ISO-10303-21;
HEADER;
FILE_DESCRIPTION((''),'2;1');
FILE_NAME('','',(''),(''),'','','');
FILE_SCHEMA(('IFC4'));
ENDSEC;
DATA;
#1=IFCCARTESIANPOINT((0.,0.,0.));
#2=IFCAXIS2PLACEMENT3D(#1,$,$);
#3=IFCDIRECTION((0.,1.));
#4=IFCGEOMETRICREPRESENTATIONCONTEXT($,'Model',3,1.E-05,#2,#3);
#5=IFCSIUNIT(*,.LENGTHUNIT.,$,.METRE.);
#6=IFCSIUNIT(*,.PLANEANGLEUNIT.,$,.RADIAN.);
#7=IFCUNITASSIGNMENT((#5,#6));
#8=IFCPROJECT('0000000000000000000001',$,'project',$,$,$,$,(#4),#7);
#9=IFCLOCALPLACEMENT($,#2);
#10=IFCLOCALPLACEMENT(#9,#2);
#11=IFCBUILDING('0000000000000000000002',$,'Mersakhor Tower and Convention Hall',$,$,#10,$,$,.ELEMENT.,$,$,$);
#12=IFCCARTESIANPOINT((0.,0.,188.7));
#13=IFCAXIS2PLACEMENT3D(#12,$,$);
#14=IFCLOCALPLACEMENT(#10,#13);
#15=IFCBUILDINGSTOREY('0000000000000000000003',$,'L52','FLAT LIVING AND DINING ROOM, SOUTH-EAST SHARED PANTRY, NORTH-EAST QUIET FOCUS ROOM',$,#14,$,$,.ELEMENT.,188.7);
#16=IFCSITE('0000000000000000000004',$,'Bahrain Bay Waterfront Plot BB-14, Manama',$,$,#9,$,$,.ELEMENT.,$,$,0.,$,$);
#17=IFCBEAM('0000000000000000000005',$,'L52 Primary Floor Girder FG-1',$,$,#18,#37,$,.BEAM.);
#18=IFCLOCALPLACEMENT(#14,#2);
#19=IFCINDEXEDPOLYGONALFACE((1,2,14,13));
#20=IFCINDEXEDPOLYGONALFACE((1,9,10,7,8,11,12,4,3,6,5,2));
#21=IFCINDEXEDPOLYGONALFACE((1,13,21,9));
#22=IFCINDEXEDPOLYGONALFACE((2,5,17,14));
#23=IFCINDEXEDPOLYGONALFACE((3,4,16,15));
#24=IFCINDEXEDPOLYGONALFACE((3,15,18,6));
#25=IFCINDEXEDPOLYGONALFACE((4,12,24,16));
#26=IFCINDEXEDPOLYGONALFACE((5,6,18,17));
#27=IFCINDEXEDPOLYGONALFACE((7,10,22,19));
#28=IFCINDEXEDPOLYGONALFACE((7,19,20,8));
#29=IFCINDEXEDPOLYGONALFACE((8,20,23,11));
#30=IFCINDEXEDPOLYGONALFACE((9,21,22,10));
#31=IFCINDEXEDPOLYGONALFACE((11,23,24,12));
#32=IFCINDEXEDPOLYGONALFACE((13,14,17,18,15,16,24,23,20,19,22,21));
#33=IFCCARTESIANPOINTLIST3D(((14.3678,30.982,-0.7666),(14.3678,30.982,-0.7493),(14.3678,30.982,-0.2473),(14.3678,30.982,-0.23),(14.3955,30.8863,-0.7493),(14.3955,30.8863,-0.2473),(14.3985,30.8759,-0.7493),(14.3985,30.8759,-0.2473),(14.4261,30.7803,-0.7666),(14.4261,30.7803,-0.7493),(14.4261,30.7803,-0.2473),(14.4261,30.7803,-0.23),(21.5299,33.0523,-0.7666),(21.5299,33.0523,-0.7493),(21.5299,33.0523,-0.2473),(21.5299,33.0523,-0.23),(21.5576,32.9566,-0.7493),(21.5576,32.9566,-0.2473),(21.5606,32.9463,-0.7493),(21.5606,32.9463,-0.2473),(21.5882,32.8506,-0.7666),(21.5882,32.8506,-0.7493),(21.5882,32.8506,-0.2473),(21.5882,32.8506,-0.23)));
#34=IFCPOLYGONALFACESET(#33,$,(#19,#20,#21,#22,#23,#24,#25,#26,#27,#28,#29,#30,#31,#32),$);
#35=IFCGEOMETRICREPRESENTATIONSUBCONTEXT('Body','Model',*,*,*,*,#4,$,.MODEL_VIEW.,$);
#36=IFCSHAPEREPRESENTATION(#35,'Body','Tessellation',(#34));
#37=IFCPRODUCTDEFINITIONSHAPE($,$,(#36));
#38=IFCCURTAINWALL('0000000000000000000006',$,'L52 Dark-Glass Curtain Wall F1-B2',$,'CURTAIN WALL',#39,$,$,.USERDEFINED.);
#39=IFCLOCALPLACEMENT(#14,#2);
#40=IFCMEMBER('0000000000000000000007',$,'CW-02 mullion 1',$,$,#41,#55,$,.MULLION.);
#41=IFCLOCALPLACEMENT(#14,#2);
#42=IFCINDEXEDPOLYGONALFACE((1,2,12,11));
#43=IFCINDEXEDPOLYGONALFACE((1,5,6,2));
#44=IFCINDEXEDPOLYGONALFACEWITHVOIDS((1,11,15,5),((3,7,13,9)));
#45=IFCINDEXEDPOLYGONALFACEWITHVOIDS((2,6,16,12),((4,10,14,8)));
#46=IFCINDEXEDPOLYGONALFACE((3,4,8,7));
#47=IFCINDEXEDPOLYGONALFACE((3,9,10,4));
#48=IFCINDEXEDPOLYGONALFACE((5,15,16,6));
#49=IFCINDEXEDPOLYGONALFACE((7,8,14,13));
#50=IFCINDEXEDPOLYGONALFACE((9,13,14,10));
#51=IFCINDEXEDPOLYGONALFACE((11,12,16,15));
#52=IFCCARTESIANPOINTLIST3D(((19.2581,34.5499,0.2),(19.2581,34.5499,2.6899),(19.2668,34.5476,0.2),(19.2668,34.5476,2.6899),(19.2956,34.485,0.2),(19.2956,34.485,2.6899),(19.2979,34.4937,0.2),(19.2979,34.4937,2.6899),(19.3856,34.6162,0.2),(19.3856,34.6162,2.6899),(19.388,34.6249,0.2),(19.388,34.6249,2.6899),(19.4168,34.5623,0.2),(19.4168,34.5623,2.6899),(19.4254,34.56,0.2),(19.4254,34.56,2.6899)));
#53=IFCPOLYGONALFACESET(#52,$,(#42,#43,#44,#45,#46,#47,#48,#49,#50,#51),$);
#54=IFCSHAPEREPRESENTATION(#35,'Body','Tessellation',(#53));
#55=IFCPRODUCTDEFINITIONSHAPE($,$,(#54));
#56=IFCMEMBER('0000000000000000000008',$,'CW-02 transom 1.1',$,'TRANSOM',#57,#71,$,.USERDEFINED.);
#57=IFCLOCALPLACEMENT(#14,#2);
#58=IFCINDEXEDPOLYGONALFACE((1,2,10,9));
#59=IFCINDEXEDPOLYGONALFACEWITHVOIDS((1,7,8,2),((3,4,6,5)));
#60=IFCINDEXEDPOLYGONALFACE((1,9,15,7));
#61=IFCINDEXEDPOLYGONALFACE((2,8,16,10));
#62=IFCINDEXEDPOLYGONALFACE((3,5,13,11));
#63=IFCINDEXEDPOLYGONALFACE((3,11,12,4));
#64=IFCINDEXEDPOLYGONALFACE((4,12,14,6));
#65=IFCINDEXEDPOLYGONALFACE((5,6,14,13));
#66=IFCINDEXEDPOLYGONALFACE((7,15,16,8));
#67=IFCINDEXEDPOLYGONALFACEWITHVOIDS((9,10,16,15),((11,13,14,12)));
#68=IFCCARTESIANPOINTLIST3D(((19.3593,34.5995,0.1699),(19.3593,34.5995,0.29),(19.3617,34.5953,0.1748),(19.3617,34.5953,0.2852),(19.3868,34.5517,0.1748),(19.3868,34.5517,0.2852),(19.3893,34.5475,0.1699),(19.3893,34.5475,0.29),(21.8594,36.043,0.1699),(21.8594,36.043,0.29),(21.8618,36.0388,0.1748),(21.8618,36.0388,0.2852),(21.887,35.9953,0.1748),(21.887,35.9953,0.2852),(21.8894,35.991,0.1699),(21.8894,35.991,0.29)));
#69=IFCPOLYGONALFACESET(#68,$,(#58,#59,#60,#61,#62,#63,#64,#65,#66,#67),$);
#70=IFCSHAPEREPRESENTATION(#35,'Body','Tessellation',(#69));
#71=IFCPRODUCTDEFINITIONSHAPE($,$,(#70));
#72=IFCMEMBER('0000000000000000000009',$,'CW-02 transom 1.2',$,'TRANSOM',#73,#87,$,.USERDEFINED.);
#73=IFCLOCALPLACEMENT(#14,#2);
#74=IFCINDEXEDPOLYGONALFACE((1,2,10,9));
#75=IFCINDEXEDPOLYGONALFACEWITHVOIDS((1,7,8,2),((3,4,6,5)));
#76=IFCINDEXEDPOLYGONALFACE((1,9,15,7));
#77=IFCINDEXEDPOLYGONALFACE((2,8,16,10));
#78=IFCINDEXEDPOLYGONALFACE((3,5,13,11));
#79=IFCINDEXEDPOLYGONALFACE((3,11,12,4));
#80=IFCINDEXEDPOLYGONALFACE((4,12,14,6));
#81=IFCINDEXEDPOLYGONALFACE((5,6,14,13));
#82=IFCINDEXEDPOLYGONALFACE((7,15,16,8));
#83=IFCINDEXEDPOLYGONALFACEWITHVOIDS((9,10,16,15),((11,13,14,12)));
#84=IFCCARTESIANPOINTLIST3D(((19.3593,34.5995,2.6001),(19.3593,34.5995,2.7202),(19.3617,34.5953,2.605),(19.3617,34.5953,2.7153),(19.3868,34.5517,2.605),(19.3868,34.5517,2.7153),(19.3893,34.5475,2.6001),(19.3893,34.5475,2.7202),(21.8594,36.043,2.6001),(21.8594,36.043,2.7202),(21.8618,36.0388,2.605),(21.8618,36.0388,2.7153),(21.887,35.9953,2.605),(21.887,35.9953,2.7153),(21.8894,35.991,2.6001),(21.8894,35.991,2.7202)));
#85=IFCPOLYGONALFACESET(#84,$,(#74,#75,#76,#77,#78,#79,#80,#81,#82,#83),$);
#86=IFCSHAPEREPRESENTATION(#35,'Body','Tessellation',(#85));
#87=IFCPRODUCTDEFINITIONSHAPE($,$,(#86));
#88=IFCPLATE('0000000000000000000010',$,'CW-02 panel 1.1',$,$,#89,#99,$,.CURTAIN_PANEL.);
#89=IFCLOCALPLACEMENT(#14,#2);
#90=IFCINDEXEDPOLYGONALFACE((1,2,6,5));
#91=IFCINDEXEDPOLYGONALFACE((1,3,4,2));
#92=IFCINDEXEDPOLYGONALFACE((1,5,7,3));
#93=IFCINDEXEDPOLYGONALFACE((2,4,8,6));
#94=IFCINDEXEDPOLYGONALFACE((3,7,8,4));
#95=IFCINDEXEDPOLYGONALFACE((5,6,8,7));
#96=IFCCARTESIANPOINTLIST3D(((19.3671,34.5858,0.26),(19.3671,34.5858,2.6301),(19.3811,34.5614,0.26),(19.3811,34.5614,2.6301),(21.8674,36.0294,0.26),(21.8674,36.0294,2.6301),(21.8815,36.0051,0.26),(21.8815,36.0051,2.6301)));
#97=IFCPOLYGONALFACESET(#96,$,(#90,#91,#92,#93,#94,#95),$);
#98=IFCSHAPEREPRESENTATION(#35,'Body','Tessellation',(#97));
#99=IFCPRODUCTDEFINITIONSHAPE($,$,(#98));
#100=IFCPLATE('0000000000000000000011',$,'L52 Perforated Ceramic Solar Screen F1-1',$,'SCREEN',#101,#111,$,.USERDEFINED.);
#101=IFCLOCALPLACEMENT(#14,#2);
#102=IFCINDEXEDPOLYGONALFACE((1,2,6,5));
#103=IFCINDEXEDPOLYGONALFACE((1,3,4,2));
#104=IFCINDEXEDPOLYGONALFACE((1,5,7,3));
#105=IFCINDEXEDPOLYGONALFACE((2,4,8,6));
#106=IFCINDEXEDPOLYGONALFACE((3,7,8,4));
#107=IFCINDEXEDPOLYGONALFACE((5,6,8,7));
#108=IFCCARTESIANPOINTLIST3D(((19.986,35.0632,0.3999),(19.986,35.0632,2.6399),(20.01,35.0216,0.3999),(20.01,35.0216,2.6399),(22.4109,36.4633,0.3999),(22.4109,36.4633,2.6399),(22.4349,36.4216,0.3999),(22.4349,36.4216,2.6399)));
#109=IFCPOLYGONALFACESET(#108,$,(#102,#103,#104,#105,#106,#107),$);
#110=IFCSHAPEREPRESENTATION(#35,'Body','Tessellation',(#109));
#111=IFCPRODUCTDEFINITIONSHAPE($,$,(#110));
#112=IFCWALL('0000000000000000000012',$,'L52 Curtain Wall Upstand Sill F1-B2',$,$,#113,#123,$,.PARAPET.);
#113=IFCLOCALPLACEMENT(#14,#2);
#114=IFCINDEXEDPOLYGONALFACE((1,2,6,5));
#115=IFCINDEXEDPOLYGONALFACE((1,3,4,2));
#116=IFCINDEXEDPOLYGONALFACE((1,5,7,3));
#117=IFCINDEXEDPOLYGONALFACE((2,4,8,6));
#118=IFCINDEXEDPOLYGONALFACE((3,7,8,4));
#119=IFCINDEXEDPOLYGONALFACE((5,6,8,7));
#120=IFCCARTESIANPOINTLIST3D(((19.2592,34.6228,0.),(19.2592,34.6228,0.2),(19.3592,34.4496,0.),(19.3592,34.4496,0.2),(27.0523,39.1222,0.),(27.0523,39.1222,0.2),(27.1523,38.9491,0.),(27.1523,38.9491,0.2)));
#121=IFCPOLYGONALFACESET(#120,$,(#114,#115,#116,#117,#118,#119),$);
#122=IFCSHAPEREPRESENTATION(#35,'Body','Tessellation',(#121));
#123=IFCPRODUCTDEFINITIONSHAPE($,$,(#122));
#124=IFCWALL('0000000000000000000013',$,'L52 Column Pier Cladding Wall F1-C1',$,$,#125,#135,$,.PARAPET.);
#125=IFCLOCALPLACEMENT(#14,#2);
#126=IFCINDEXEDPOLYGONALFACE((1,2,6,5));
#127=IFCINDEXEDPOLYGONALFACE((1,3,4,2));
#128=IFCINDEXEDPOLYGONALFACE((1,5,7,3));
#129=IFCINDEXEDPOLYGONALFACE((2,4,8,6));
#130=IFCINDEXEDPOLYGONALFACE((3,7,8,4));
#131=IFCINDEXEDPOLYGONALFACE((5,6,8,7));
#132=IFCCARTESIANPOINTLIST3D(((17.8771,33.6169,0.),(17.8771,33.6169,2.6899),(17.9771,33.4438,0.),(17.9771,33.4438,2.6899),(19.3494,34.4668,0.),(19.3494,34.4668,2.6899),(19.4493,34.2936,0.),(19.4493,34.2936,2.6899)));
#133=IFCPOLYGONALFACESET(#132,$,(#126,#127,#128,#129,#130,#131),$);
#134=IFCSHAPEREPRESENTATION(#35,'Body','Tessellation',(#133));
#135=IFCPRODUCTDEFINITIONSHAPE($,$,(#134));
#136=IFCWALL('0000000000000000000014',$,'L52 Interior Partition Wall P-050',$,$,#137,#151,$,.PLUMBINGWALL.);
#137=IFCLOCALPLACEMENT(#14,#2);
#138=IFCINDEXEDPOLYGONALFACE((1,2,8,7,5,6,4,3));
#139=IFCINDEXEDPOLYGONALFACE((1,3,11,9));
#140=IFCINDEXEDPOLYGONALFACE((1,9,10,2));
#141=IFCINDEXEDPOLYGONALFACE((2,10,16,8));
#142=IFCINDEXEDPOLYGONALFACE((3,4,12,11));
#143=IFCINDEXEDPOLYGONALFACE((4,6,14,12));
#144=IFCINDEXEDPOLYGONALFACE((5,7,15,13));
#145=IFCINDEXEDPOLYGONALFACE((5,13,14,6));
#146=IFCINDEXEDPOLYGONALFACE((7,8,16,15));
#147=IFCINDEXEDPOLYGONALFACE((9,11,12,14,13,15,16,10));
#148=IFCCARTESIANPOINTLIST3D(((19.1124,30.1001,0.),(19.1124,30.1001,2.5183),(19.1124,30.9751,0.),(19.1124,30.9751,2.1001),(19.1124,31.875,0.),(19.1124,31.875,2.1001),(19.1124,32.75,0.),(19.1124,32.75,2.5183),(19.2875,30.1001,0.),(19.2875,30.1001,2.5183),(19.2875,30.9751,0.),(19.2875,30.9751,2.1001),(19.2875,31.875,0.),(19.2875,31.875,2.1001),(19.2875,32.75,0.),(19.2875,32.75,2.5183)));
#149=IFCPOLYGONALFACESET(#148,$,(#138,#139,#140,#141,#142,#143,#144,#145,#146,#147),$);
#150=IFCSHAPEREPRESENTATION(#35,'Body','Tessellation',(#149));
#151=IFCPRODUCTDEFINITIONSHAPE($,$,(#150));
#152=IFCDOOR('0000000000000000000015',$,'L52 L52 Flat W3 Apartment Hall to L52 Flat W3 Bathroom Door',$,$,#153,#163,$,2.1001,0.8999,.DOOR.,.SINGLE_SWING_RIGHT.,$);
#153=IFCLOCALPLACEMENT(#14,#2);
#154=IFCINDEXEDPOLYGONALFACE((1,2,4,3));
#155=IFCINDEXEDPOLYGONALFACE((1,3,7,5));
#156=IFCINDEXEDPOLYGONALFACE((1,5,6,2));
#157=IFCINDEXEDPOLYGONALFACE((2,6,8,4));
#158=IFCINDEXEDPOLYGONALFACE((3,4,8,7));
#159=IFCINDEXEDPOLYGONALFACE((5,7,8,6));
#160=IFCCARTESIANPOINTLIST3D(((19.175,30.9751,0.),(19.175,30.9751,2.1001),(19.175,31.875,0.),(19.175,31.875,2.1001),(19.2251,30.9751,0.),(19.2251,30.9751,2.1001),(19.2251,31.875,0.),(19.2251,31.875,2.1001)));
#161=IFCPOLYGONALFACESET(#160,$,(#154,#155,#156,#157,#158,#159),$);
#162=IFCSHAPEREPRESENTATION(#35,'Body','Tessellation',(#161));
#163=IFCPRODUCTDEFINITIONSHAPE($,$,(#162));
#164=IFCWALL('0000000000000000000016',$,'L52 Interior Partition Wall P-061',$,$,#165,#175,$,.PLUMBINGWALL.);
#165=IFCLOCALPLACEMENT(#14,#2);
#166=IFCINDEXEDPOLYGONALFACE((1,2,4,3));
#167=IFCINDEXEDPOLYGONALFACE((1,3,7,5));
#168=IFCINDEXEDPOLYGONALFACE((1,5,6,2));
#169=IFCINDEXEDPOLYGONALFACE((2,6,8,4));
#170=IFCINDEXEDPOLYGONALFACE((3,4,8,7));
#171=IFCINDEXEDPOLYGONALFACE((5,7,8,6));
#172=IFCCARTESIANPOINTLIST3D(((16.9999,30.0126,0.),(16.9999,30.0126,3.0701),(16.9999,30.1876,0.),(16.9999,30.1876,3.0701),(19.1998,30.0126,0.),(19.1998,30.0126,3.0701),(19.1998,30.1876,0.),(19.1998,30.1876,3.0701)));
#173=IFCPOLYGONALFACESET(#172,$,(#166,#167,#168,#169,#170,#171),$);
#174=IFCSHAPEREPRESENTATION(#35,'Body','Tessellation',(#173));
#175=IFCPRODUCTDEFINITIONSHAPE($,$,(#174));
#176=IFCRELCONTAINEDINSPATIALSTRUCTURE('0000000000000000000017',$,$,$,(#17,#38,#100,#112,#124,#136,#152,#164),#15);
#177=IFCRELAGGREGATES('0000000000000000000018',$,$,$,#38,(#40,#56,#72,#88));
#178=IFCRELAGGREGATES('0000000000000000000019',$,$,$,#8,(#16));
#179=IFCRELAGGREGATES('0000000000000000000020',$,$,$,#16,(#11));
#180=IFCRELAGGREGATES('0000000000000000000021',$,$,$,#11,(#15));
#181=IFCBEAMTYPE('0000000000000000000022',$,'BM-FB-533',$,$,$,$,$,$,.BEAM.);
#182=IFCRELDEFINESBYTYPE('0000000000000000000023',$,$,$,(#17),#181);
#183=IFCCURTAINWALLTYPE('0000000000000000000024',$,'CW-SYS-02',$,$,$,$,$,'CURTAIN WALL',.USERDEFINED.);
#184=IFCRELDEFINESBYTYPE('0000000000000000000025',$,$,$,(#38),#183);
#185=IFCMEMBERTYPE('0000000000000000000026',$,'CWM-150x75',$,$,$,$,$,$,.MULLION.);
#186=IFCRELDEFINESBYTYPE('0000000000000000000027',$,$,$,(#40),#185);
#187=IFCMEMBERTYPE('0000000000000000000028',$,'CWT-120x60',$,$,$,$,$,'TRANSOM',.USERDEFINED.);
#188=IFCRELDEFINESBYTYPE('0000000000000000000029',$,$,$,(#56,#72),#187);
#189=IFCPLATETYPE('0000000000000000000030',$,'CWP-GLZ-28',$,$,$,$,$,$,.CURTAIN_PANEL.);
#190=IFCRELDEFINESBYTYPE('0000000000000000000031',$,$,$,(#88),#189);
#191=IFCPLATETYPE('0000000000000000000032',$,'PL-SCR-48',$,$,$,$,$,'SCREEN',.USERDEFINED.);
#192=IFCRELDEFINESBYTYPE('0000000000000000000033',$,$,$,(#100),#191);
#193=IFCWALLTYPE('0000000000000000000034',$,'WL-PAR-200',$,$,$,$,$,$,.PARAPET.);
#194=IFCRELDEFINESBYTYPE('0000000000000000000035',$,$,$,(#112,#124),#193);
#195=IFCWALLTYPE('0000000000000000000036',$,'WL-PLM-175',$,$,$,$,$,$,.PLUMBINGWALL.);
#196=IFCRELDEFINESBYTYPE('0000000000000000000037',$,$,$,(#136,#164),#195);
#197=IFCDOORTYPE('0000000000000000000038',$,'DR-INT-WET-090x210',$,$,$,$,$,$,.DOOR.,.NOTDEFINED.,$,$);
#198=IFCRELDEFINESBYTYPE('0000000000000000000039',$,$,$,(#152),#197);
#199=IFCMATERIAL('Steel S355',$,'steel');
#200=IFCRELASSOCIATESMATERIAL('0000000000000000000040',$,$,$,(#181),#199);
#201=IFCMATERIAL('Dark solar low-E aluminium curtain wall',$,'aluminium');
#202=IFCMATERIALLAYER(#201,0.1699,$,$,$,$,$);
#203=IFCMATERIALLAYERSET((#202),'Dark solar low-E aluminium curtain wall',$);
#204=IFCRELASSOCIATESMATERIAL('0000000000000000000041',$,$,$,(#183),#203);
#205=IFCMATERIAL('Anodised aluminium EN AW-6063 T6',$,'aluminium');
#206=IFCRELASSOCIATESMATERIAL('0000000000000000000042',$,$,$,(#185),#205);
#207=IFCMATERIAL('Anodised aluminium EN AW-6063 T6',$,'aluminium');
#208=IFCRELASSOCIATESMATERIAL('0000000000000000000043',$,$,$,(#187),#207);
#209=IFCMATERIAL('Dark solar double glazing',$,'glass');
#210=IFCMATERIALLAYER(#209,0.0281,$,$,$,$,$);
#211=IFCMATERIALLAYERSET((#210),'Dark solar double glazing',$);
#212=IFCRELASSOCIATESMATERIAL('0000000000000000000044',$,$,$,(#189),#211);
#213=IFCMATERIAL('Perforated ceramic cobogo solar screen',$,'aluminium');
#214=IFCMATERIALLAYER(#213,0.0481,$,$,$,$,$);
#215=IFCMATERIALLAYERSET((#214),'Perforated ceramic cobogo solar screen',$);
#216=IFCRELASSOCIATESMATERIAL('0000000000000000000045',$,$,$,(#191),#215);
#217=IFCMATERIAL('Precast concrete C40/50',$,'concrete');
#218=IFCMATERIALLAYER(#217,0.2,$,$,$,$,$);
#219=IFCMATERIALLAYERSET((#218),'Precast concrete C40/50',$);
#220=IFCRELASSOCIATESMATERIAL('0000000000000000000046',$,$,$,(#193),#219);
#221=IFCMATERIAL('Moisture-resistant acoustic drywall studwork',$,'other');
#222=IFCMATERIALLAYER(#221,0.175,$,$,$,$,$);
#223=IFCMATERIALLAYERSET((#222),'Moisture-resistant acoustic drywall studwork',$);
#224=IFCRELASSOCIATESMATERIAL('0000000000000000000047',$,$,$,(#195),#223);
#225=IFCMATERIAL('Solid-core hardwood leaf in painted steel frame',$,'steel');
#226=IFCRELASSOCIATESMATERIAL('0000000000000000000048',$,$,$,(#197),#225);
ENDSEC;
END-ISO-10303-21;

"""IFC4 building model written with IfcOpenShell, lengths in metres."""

from ifc_helpers import new_model, si_unit, direction, frame, frame_2d, origin, origin_2d, place, context, subcontext, project, spatial, rectangle, hollow_rectangle, i_section, extrude, material, layer, layer_set, material_profile, profile_set, type_object, element, fill, aggregate, save


model = new_model("IFC4")

# Units and contexts
model_context = context("Model", 3, precision=1e-05, world=origin(), true_north=direction((0.0, 1.0)))
body_context = subcontext(model_context, "Body", "Model", "MODEL_VIEW")
ifc_project = project(units=[si_unit("LENGTHUNIT", "METRE"), si_unit("PLANEANGLEUNIT", "RADIAN")], contexts=[model_context])

# Site, building, storey
site_placement = place(None, origin())
site = spatial("IfcSite", under=ifc_project, at=site_placement, Name="Bahrain Bay Waterfront Plot BB-14, Manama", CompositionType="ELEMENT", RefElevation=0.0)
building_placement = place(site_placement, origin())
building = spatial("IfcBuilding", under=site, at=building_placement, Name="Mersakhor Tower and Convention Hall", CompositionType="ELEMENT")
storey_placement = place(building_placement, frame((0.0, 0.0, 188.7)))
storey = spatial("IfcBuildingStorey", under=building, at=storey_placement, Name="L52", Description="FLAT LIVING AND DINING ROOM, SOUTH-EAST SHARED PANTRY, NORTH-EAST QUIET FOCUS ROOM", CompositionType="ELEMENT", Elevation=188.7)

# Beam
ifc_material_1 = material(Name="Steel S355", Category="steel")
ifc_material_profile_1 = material_profile(ifc_material_1, i_section(OverallWidth=0.21, OverallDepth=0.5366, WebThickness=0.0107, FlangeThickness=0.0173, at=origin_2d()), Name="UB 533x210x101")
ifc_profile_set_1 = profile_set([ifc_material_profile_1], Name="Steel S355")
beam_type = type_object("IfcBeamType", Name="BM-FB-533", PredefinedType="BEAM", material=ifc_profile_set_1)
beam_placement = place(storey_placement, frame((21.5591, 32.9514, -0.4983), z_axis=(-0.960669, -0.277695, 0.0), x_axis=(0.277695, -0.960669, 0.0)))
element("IfcBeam", 1, at=beam_placement, inside=storey, type_object=beam_type, Name="L52 Primary Floor Girder FG-1", PredefinedType="BEAM", context=body_context, shape_type="SweptSolid", body=[
    extrude(i_section(OverallWidth=0.21, OverallDepth=0.5366, WebThickness=0.0107, FlangeThickness=0.0173, at=origin_2d()), origin(), (0.0, 0.0, 1.0), 7.4553),
])

# Curtain wall, members, plate
ifc_material_2 = material(Name="Dark solar low-E aluminium curtain wall", Category="aluminium")
ifc_layer_1 = layer(ifc_material_2, 0.1699)
ifc_layer_set_1 = layer_set([ifc_layer_1], Name="Dark solar low-E aluminium curtain wall")
curtain_wall_type = type_object("IfcCurtainWallType", Name="CW-SYS-02", ElementType="CURTAIN WALL", PredefinedType="USERDEFINED", material=ifc_layer_set_1)
curtain_wall_placement = place(storey_placement, origin())
curtain_wall = element("IfcCurtainWall", 2, at=curtain_wall_placement, inside=storey, type_object=curtain_wall_type, Name="L52 Dark-Glass Curtain Wall F1-B2", ObjectType="CURTAIN WALL", PredefinedType="USERDEFINED")
ifc_material_3 = material(Name="Anodised aluminium EN AW-6063 T6", Category="aluminium")
ifc_material_profile_2 = material_profile(ifc_material_3, hollow_rectangle(XDim=0.075, YDim=0.1499, WallThickness=0.0063, at=origin_2d()), Name="RHS 150x75x6.3")
ifc_profile_set_2 = profile_set([ifc_material_profile_2], Name="Anodised aluminium EN AW-6063 T6")
member_type_1 = type_object("IfcMemberType", Name="CWM-150x75", PredefinedType="MULLION", material=ifc_profile_set_2)
member_1_placement = place(storey_placement, frame((19.3418, 34.5549, 0.2), z_axis=(0.0, 0.0, 1.0), x_axis=(-0.500008, 0.866021, 0.0)))
member_1 = element("IfcMember", 3, at=member_1_placement, type_object=member_type_1, Name="CW-02 mullion 1", PredefinedType="MULLION", context=body_context, shape_type="SweptSolid", body=[
    extrude(hollow_rectangle(XDim=0.075, YDim=0.1499, WallThickness=0.0063, at=origin_2d()), origin(), (0.0, 0.0, 1.0), 2.49),
])
ifc_material_4 = material(Name="Anodised aluminium EN AW-6063 T6", Category="aluminium")
ifc_material_profile_3 = material_profile(ifc_material_4, hollow_rectangle(XDim=0.0601, YDim=0.1201, WallThickness=0.0049, at=origin_2d()), Name="RHS 120x60x5")
ifc_profile_set_3 = profile_set([ifc_material_profile_3], Name="Anodised aluminium EN AW-6063 T6")
member_type_2 = type_object("IfcMemberType", Name="CWT-120x60", ElementType="TRANSOM", PredefinedType="USERDEFINED", material=ifc_profile_set_3)
member_2_placement = place(storey_placement, frame((19.3743, 34.5735, 0.23), z_axis=(0.866012, 0.500023, 0.0), x_axis=(-0.500023, 0.866012, 0.0)))
member_2 = element("IfcMember", 4, at=member_2_placement, type_object=member_type_2, Name="CW-02 transom 1.1", ObjectType="TRANSOM", PredefinedType="USERDEFINED", context=body_context, shape_type="SweptSolid", body=[
    extrude(hollow_rectangle(XDim=0.0601, YDim=0.1201, WallThickness=0.0049, at=origin_2d()), origin(), (0.0, 0.0, 1.0), 2.887),
])
member_3_placement = place(storey_placement, frame((19.3743, 34.5735, 2.6602), z_axis=(0.866012, 0.500023, 0.0), x_axis=(-0.500023, 0.866012, 0.0)))
member_3 = element("IfcMember", 5, at=member_3_placement, type_object=member_type_2, Name="CW-02 transom 1.2", ObjectType="TRANSOM", PredefinedType="USERDEFINED", context=body_context, shape_type="SweptSolid", body=[
    extrude(hollow_rectangle(XDim=0.0601, YDim=0.1201, WallThickness=0.0049, at=origin_2d()), origin(), (0.0, 0.0, 1.0), 2.887),
])
ifc_material_5 = material(Name="Dark solar double glazing", Category="glass")
ifc_layer_2 = layer(ifc_material_5, 0.0281)
ifc_layer_set_2 = layer_set([ifc_layer_2], Name="Dark solar double glazing")
plate_type_1 = type_object("IfcPlateType", Name="CWP-GLZ-28", PredefinedType="CURTAIN_PANEL", material=ifc_layer_set_2)
plate_1_placement = place(storey_placement, frame((20.6243, 35.2954, 0.26), z_axis=(0.0, 0.0, 1.0), x_axis=(0.866021, 0.500008, 0.0)))
plate_1 = element("IfcPlate", 6, at=plate_1_placement, type_object=plate_type_1, Name="CW-02 panel 1.1", PredefinedType="CURTAIN_PANEL", context=body_context, shape_type="SweptSolid", body=[
    extrude(rectangle(XDim=2.8872, YDim=0.0281, at=origin_2d()), origin(), (0.0, 0.0, 1.0), 2.3701),
])
aggregate(curtain_wall, [member_1, member_2, member_3, plate_1])

# Plate
ifc_material_6 = material(Name="Perforated ceramic cobogo solar screen", Category="aluminium")
ifc_layer_3 = layer(ifc_material_6, 0.0481)
ifc_layer_set_3 = layer_set([ifc_layer_3], Name="Perforated ceramic cobogo solar screen")
plate_type_2 = type_object("IfcPlateType", Name="PL-SCR-48", ElementType="SCREEN", PredefinedType="USERDEFINED", material=ifc_layer_set_3)
plate_2_placement = place(storey_placement, frame((21.2104, 35.7424, 0.3999), z_axis=(0.0, 0.0, 1.0), x_axis=(0.866025, 0.5, 0.0)))
element("IfcPlate", 7, at=plate_2_placement, inside=storey, type_object=plate_type_2, Name="L52 Perforated Ceramic Solar Screen F1-1", ObjectType="SCREEN", PredefinedType="USERDEFINED", context=body_context, shape_type="SweptSolid", body=[
    extrude(rectangle(XDim=2.8, YDim=0.0481, at=origin_2d()), origin(), (0.0, 0.0, 1.0), 2.24),
])

# Walls
ifc_material_7 = material(Name="Precast concrete C40/50", Category="concrete")
ifc_layer_4 = layer(ifc_material_7, 0.2)
ifc_layer_set_4 = layer_set([ifc_layer_4], Name="Precast concrete C40/50")
wall_type_1 = type_object("IfcWallType", Name="WL-PAR-200", PredefinedType="PARAPET", material=ifc_layer_set_4)
wall_1_placement = place(storey_placement, frame((19.3091, 34.5361, 0.0), z_axis=(0.0, 0.0, 1.0), x_axis=(0.866021, 0.500008, 0.0)))
element("IfcWall", 8, at=wall_1_placement, inside=storey, type_object=wall_type_1, Name="L52 Curtain Wall Upstand Sill F1-B2", PredefinedType="PARAPET", context=body_context, shape_type="SweptSolid", body=[
    extrude(rectangle(XDim=8.9988, YDim=0.2, at=frame_2d((4.4995, 0.0))), origin(), (0.0, 0.0, 1.0), 0.2),
])
wall_2_placement = place(storey_placement, frame((17.927, 33.5303, 0.0), z_axis=(0.0, 0.0, 1.0), x_axis=(0.866052, 0.499955, 0.0)))
element("IfcWall", 9, at=wall_2_placement, inside=storey, type_object=wall_type_1, Name="L52 Column Pier Cladding Wall F1-C1", PredefinedType="PARAPET", context=body_context, shape_type="SweptSolid", body=[
    extrude(rectangle(XDim=1.7, YDim=0.2, at=frame_2d((0.8501, 0.0))), origin(), (0.0, 0.0, 1.0), 2.6899),
])

# Wall, opening, door
ifc_material_8 = material(Name="Moisture-resistant acoustic drywall studwork", Category="other")
ifc_layer_5 = layer(ifc_material_8, 0.175)
ifc_layer_set_5 = layer_set([ifc_layer_5], Name="Moisture-resistant acoustic drywall studwork")
wall_type_2 = type_object("IfcWallType", Name="WL-PLM-175", PredefinedType="PLUMBINGWALL", material=ifc_layer_set_5)
wall_3_placement = place(storey_placement, frame((19.2, 30.1001, 0.0), z_axis=(0.0, 0.0, 1.0), x_axis=(0.0, 1.0, 0.0)))
wall_3 = element("IfcWall", 10, at=wall_3_placement, inside=storey, type_object=wall_type_2, Name="L52 Interior Partition Wall P-050", PredefinedType="PLUMBINGWALL", context=body_context, shape_type="SweptSolid", body=[
    extrude(rectangle(XDim=2.6499, YDim=0.175, at=frame_2d((1.325, 0.0))), origin(), (0.0, 0.0, 1.0), 2.5183),
])
opening_1_placement = place(wall_3_placement, frame((0.875, 0.0, 0.0)))
opening_1 = element("IfcOpeningElement", 11, at=opening_1_placement, cuts=wall_3, PredefinedType="OPENING", context=body_context, shape_type="SweptSolid", body=[
    extrude(rectangle(XDim=0.8999, YDim=2.1001, at=frame_2d((0.45, 1.05))), frame((0.0, 0.0974, 0.0), z_axis=(0.0, -1.0, 0.0), x_axis=(1.0, 0.0, 0.0)), (0.0, 0.0, 1.0), 0.1951),
])
ifc_material_9 = material(Name="Solid-core hardwood leaf in painted steel frame", Category="steel")
door_type_1 = type_object("IfcDoorType", Name="DR-INT-WET-090x210", OperationType="NOTDEFINED", PredefinedType="DOOR", material=ifc_material_9)
door_1_placement = place(opening_1_placement, origin())
door_1 = element("IfcDoor", 12, at=door_1_placement, inside=storey, type_object=door_type_1, Name="L52 L52 Flat W3 Apartment Hall to L52 Flat W3 Bathroom Door", OperationType="SINGLE_SWING_RIGHT", OverallHeight=2.1001, OverallWidth=0.8999, PredefinedType="DOOR", context=body_context, shape_type="SweptSolid", body=[
    extrude(rectangle(XDim=0.8999, YDim=2.1001, at=frame_2d((0.45, 1.05))), frame((0.0, 0.0249, 0.0), z_axis=(0.0, -1.0, 0.0), x_axis=(1.0, 0.0, 0.0)), (0.0, 0.0, 1.0), 0.05),
])
fill(opening_1, door_1)

# Wall
wall_4_placement = place(storey_placement, frame((19.2, 30.1001, 0.0), z_axis=(0.0, 0.0, 1.0), x_axis=(-1.0, 0.0, 0.0)))
element("IfcWall", 13, at=wall_4_placement, inside=storey, type_object=wall_type_2, Name="L52 Interior Partition Wall P-061", PredefinedType="PLUMBINGWALL", context=body_context, shape_type="SweptSolid", body=[
    extrude(rectangle(XDim=2.2, YDim=0.175, at=frame_2d((1.1001, 0.0))), origin(), (0.0, 0.0, 1.0), 3.0701),
])

save(model, "model.ifc")
